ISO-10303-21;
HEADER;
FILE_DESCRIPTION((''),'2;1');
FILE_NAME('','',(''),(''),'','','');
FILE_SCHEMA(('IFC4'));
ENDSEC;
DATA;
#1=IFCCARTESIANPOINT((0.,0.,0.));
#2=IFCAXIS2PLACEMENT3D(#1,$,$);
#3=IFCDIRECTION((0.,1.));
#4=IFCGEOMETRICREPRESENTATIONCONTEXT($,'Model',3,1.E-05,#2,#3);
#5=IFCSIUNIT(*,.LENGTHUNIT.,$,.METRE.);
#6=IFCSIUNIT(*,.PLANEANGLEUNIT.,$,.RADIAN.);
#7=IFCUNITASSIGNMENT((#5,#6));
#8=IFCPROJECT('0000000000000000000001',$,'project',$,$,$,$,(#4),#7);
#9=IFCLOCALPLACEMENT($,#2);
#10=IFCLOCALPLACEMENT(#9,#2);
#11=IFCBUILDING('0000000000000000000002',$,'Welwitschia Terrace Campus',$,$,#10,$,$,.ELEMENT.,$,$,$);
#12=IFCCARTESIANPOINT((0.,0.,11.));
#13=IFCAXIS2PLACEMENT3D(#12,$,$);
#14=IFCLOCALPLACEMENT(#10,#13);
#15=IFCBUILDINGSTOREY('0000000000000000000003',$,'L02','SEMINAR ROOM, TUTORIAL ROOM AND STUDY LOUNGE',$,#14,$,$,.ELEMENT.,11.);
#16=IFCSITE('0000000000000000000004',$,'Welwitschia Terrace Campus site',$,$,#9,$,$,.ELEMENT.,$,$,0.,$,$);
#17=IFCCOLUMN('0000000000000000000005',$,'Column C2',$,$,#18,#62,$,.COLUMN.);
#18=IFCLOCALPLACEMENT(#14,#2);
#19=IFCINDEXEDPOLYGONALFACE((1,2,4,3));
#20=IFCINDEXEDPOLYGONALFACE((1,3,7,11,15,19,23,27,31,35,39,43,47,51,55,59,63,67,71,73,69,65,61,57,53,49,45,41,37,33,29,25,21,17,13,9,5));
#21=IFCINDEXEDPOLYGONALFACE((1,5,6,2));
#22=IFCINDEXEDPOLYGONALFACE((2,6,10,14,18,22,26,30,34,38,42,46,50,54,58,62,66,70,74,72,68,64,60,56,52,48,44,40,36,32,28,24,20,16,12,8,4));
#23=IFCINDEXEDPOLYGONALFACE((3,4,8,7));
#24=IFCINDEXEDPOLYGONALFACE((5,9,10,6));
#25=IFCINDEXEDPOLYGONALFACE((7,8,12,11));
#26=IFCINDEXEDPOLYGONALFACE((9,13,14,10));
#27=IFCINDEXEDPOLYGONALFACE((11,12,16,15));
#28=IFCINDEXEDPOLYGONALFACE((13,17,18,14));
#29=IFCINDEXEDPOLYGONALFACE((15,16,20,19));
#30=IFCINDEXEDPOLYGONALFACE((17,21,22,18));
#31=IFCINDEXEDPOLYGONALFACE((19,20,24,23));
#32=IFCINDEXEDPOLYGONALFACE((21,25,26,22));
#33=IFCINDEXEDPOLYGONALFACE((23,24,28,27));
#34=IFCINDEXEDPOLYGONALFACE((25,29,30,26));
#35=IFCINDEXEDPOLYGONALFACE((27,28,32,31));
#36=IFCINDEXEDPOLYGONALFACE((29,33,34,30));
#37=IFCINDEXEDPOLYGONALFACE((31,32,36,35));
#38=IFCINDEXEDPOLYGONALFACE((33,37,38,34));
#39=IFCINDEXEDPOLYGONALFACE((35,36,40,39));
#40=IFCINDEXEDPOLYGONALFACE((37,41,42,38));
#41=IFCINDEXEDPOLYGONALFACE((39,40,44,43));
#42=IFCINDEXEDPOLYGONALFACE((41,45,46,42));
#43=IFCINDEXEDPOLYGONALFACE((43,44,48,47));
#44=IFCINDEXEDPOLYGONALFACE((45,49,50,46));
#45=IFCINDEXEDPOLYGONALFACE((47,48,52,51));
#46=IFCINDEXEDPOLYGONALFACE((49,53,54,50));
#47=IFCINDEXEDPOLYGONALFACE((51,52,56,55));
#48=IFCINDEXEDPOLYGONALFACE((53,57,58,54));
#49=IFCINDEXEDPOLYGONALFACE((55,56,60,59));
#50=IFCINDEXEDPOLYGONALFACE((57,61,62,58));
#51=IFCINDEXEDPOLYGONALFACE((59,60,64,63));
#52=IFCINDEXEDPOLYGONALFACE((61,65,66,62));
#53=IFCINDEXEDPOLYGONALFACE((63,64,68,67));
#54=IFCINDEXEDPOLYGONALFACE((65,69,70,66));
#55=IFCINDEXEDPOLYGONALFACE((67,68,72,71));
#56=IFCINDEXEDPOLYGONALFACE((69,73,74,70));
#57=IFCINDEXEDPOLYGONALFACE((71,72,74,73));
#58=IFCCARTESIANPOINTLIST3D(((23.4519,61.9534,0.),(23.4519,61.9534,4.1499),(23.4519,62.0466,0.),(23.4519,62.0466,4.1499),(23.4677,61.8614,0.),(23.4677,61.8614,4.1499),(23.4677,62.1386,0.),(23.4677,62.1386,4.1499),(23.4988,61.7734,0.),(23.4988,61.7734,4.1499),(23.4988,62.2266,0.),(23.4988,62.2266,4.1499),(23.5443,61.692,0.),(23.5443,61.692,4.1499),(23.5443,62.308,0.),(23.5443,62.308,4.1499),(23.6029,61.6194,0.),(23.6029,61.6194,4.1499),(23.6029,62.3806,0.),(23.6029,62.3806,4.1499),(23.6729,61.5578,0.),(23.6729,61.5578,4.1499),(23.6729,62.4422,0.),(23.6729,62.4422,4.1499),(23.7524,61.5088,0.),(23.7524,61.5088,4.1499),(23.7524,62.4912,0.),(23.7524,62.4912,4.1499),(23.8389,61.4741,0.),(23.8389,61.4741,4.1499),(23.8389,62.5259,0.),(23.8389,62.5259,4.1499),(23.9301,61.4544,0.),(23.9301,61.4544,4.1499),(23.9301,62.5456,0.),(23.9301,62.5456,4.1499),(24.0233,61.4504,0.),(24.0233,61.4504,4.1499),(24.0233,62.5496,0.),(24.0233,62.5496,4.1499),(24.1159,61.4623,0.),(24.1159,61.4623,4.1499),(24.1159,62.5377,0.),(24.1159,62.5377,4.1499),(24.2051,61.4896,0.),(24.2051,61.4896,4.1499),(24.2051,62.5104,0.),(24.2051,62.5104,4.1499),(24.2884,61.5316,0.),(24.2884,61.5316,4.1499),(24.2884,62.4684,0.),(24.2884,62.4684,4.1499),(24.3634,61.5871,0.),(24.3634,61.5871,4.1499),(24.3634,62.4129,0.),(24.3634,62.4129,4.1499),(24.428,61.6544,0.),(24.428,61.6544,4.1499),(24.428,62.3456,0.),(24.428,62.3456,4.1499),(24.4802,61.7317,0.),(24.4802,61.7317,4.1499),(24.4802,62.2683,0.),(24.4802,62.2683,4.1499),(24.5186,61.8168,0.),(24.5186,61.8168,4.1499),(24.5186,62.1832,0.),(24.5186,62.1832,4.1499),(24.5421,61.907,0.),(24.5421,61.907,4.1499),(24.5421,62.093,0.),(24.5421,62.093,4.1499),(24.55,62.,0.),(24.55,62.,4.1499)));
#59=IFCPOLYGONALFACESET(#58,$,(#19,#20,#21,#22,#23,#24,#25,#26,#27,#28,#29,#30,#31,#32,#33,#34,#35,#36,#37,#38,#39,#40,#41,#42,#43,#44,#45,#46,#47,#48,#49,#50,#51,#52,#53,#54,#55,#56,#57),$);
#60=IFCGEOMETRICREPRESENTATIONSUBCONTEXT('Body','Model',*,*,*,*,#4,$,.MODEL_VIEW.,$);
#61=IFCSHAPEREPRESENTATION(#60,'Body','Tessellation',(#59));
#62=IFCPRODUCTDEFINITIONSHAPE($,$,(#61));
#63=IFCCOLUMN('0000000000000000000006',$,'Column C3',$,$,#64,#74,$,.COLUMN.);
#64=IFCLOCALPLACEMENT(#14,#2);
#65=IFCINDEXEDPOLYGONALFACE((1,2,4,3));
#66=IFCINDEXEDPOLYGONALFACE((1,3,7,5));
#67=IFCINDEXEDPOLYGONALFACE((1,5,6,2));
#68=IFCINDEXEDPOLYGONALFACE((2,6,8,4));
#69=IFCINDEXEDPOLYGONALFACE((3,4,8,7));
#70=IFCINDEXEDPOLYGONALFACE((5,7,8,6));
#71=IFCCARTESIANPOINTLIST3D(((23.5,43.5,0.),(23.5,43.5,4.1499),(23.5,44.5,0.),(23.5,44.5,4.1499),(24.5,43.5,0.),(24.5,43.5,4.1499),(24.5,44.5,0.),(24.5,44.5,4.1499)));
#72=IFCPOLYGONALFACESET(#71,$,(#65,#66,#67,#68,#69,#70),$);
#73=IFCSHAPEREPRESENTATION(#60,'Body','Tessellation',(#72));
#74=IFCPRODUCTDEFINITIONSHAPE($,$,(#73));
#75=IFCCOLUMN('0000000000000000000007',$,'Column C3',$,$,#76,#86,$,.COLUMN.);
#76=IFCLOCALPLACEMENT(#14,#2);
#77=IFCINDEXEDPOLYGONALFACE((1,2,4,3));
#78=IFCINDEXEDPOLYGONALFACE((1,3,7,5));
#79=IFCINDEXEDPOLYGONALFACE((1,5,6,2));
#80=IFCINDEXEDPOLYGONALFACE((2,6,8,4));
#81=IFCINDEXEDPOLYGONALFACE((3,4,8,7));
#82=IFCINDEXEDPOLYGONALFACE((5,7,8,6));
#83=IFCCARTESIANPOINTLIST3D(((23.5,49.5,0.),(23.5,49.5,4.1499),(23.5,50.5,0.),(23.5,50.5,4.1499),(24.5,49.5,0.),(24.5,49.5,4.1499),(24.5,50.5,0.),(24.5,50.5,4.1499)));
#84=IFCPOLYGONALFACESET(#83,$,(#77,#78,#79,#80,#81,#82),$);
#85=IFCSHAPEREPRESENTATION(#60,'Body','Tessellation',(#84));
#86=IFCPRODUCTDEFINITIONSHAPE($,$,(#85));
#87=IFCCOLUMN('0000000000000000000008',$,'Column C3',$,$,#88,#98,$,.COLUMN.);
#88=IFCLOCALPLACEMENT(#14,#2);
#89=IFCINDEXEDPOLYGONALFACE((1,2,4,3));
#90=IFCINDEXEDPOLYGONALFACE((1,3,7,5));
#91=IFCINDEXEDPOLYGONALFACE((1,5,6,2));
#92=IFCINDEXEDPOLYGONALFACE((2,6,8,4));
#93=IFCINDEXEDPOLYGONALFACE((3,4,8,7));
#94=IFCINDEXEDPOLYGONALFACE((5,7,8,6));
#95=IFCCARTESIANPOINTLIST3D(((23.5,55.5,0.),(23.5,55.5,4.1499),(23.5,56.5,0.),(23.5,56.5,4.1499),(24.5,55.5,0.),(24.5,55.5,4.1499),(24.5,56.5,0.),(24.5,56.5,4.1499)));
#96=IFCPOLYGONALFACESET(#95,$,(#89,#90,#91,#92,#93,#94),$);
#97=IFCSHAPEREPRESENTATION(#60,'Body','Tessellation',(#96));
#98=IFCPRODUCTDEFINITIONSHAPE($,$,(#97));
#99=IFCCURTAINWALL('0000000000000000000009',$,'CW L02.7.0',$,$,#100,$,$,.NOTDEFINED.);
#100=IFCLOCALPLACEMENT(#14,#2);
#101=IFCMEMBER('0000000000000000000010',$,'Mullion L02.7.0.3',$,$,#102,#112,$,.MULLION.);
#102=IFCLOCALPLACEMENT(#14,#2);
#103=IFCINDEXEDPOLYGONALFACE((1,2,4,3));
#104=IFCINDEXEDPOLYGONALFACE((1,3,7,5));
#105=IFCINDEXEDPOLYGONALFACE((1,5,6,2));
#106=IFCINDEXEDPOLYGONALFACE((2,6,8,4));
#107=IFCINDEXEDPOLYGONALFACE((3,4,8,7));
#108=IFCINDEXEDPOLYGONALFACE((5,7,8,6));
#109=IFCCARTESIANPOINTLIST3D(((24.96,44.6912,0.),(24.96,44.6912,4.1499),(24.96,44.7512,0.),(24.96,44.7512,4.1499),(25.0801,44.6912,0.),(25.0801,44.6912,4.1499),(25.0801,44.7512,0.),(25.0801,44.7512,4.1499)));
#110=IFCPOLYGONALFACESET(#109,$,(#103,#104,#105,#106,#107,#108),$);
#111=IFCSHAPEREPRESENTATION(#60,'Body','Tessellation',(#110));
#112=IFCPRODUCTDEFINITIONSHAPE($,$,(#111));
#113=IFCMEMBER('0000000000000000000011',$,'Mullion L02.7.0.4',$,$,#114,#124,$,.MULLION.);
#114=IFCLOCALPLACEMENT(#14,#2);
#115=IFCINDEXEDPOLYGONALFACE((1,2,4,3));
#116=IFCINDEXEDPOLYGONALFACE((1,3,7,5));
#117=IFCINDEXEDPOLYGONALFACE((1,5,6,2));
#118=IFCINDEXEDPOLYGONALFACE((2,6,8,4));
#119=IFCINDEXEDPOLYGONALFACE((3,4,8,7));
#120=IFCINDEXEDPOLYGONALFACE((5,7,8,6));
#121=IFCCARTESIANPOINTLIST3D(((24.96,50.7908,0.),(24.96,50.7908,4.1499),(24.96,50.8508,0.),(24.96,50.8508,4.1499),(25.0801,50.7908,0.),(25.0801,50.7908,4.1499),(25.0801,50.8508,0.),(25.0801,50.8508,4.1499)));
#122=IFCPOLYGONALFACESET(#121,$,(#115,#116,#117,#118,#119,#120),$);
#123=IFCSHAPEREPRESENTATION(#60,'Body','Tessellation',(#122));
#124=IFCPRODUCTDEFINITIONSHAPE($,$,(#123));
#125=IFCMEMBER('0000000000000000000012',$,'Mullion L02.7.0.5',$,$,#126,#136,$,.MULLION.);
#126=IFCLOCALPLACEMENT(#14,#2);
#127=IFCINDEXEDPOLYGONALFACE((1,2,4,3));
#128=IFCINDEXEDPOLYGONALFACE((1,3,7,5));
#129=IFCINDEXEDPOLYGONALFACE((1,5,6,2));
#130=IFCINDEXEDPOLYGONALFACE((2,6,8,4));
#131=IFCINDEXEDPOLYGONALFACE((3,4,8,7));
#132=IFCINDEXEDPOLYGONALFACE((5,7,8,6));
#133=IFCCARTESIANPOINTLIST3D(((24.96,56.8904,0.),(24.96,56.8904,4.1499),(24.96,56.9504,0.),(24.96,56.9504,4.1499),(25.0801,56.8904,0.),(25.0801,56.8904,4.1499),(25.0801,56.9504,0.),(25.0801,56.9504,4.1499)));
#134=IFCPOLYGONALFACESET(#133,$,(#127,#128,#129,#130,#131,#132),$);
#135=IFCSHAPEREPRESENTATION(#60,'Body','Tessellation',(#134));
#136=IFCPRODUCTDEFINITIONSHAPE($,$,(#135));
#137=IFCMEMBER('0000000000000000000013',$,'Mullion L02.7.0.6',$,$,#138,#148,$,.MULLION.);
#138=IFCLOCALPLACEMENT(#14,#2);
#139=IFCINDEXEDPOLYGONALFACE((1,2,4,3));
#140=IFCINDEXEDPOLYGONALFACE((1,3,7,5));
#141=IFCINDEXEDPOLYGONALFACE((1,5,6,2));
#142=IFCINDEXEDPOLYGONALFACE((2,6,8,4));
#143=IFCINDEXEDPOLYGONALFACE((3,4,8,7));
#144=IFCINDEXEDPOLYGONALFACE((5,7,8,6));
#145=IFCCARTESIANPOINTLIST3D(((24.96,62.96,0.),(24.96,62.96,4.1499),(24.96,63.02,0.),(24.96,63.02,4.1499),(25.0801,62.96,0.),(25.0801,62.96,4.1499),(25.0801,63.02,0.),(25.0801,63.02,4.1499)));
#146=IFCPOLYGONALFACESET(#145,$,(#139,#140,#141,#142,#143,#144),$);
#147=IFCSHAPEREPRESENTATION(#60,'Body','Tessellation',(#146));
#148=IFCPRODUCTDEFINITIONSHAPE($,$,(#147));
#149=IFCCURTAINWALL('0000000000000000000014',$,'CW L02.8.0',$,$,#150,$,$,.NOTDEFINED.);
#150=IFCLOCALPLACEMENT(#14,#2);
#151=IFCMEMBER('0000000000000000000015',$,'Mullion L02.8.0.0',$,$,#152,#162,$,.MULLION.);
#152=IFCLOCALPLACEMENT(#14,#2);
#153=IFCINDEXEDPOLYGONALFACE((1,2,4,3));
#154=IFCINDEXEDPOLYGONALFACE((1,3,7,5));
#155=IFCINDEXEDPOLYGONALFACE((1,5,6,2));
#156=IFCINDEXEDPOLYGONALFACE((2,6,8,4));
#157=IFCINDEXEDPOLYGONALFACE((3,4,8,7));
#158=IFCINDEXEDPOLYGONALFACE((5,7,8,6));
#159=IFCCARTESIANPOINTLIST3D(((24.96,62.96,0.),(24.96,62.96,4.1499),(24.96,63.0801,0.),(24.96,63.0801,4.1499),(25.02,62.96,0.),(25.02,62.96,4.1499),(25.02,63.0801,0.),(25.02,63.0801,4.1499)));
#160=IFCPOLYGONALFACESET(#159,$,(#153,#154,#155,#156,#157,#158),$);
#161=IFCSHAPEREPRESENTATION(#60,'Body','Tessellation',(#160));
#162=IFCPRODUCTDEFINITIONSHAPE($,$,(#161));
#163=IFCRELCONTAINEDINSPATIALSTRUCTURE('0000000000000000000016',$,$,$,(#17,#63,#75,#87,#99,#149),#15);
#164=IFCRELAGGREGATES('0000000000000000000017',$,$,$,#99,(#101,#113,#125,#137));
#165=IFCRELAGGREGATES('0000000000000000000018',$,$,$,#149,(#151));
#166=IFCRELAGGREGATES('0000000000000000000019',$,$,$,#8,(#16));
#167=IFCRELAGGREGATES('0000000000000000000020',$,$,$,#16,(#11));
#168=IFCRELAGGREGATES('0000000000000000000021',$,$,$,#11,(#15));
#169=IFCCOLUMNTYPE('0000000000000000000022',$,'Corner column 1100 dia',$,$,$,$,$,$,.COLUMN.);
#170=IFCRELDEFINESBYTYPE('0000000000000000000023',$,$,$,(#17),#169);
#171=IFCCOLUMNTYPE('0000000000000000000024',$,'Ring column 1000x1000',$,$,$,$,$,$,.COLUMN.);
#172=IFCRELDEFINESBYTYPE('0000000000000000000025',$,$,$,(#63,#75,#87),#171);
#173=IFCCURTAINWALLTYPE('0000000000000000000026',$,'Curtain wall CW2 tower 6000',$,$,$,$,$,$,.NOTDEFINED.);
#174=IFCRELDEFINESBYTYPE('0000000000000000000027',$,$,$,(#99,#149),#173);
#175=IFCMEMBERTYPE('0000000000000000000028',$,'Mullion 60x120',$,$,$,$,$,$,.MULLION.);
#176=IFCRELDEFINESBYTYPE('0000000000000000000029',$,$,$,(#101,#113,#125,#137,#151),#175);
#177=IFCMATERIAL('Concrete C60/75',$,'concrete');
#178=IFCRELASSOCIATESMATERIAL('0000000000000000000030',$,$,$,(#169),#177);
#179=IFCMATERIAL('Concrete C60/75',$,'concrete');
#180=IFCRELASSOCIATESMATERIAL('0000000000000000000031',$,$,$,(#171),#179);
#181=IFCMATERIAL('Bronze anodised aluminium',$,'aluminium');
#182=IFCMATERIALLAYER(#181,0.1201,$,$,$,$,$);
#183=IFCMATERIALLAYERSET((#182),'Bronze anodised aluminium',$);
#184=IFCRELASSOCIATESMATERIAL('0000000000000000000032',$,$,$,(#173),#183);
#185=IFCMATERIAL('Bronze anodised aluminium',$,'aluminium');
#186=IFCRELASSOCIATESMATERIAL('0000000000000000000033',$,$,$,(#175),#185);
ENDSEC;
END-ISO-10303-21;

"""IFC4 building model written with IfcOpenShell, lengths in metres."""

from ifc_helpers import new_model, si_unit, direction, frame, origin, origin_2d, place, context, subcontext, project, spatial, rectangle, circle, extrude, material, layer, layer_set, material_profile, profile_set, type_object, element, aggregate, save


model = new_model("IFC4")

# Units and contexts
model_context = context("Model", 3, precision=1e-05, world=origin(), true_north=direction((0.0, 1.0)))
body_context = subcontext(model_context, "Body", "Model", "MODEL_VIEW")
ifc_project = project(units=[si_unit("LENGTHUNIT", "METRE"), si_unit("PLANEANGLEUNIT", "RADIAN")], contexts=[model_context])

# Site, building, storey
site_placement = place(None, origin())
site = spatial("IfcSite", under=ifc_project, at=site_placement, Name="Welwitschia Terrace Campus site", CompositionType="ELEMENT", RefElevation=0.0)
building_placement = place(site_placement, origin())
building = spatial("IfcBuilding", under=site, at=building_placement, Name="Welwitschia Terrace Campus", CompositionType="ELEMENT")
storey_placement = place(building_placement, frame((0.0, 0.0, 11.0)))
storey = spatial("IfcBuildingStorey", under=building, at=storey_placement, Name="L02", Description="SEMINAR ROOM, TUTORIAL ROOM AND STUDY LOUNGE", CompositionType="ELEMENT", Elevation=11.0)

# Columns
ifc_material_1 = material(Name="Concrete C60/75", Category="concrete")
ifc_material_profile_1 = material_profile(ifc_material_1, circle(Radius=0.55, at=origin_2d()))
ifc_profile_set_1 = profile_set([ifc_material_profile_1], Name="Concrete C60/75")
column_type_1 = type_object("IfcColumnType", Name="Corner column 1100 dia", PredefinedType="COLUMN", material=ifc_profile_set_1)
column_placement = place(storey_placement, frame((24.0, 62.0, 0.0), z_axis=(0.0, 0.0, 1.0), x_axis=(1.0, 0.0, 0.0)))
element("IfcColumn", 1, at=column_placement, inside=storey, type_object=column_type_1, Name="Column C2", PredefinedType="COLUMN", context=body_context, shape_type="SweptSolid", body=[
    extrude(circle(Radius=0.55, at=origin_2d()), origin(), (0.0, 0.0, 1.0), 4.1499),
])
ifc_material_2 = material(Name="Concrete C60/75", Category="concrete")
ifc_material_profile_2 = material_profile(ifc_material_2, rectangle(XDim=1.0, YDim=1.0, at=origin_2d()))
ifc_profile_set_2 = profile_set([ifc_material_profile_2], Name="Concrete C60/75")
column_type_2 = type_object("IfcColumnType", Name="Ring column 1000x1000", PredefinedType="COLUMN", material=ifc_profile_set_2)
for number, where, z_axis, x_axis, name in (
    (2, (24.0, 44.0, 0.0), (0.0, 0.0, 1.0), (1.0, 0.0, 0.0), "Column C3"),
    (3, (24.0, 50.0, 0.0), (0.0, 0.0, 1.0), (1.0, 0.0, 0.0), "Column C3"),
    (4, (24.0, 56.0, 0.0), (0.0, 0.0, 1.0), (1.0, 0.0, 0.0), "Column C3"),
):
    element("IfcColumn", number, at=place(storey_placement, frame(where, z_axis=z_axis, x_axis=x_axis)), inside=storey, type_object=column_type_2, Name=name, PredefinedType="COLUMN", context=body_context, shape_type="SweptSolid", body=[
        extrude(rectangle(XDim=1.0, YDim=1.0, at=origin_2d()), origin(), (0.0, 0.0, 1.0), 4.1499),
    ])

# Curtain wall, members
ifc_material_3 = material(Name="Bronze anodised aluminium", Category="aluminium")
ifc_layer_1 = layer(ifc_material_3, 0.1201)
ifc_layer_set_1 = layer_set([ifc_layer_1], Name="Bronze anodised aluminium")
curtain_wall_type = type_object("IfcCurtainWallType", Name="Curtain wall CW2 tower 6000", PredefinedType="NOTDEFINED", material=ifc_layer_set_1)
curtain_wall_1_placement = place(storey_placement, origin())
curtain_wall_1 = element("IfcCurtainWall", 5, at=curtain_wall_1_placement, inside=storey, type_object=curtain_wall_type, Name="CW L02.7.0", PredefinedType="NOTDEFINED")
ifc_material_4 = material(Name="Bronze anodised aluminium", Category="aluminium")
ifc_material_profile_3 = material_profile(ifc_material_4, rectangle(XDim=0.1201, YDim=0.0601, at=origin_2d()))
ifc_profile_set_3 = profile_set([ifc_material_profile_3], Name="Bronze anodised aluminium")
member_type_1 = type_object("IfcMemberType", Name="Mullion 60x120", PredefinedType="MULLION", material=ifc_profile_set_3)
member_1_placement = place(storey_placement, frame((25.02, 44.7212, 0.0), z_axis=(0.0, 0.0, 1.0), x_axis=(-1.0, 0.0, 0.0)))
member_1 = element("IfcMember", 6, at=member_1_placement, type_object=member_type_1, Name="Mullion L02.7.0.3", PredefinedType="MULLION", context=body_context, shape_type="SweptSolid", body=[
    extrude(rectangle(XDim=0.1201, YDim=0.0601, at=origin_2d()), origin(), (0.0, 0.0, 1.0), 4.1499),
])
member_2_placement = place(storey_placement, frame((25.02, 50.8208, 0.0), z_axis=(0.0, 0.0, 1.0), x_axis=(-1.0, 0.0, 0.0)))
member_2 = element("IfcMember", 7, at=member_2_placement, type_object=member_type_1, Name="Mullion L02.7.0.4", PredefinedType="MULLION", context=body_context, shape_type="SweptSolid", body=[
    extrude(rectangle(XDim=0.1201, YDim=0.0601, at=origin_2d()), origin(), (0.0, 0.0, 1.0), 4.1499),
])
member_3_placement = place(storey_placement, frame((25.02, 56.9204, 0.0), z_axis=(0.0, 0.0, 1.0), x_axis=(-1.0, 0.0, 0.0)))
member_3 = element("IfcMember", 8, at=member_3_placement, type_object=member_type_1, Name="Mullion L02.7.0.5", PredefinedType="MULLION", context=body_context, shape_type="SweptSolid", body=[
    extrude(rectangle(XDim=0.1201, YDim=0.0601, at=origin_2d()), origin(), (0.0, 0.0, 1.0), 4.1499),
])
member_4_placement = place(storey_placement, frame((25.02, 62.99, 0.0), z_axis=(0.0, 0.0, 1.0), x_axis=(-1.0, 0.0, 0.0)))
member_4 = element("IfcMember", 9, at=member_4_placement, type_object=member_type_1, Name="Mullion L02.7.0.6", PredefinedType="MULLION", context=body_context, shape_type="SweptSolid", body=[
    extrude(rectangle(XDim=0.1201, YDim=0.0601, at=origin_2d()), origin(), (0.0, 0.0, 1.0), 4.1499),
])

# Curtain wall, member
curtain_wall_2_placement = place(storey_placement, origin())
curtain_wall_2 = element("IfcCurtainWall", 10, at=curtain_wall_2_placement, inside=storey, type_object=curtain_wall_type, Name="CW L02.8.0", PredefinedType="NOTDEFINED")
member_5_placement = place(storey_placement, frame((24.99, 63.02, 0.0), z_axis=(0.0, 0.0, 1.0), x_axis=(0.0, -1.0, 0.0)))
member_5 = element("IfcMember", 11, at=member_5_placement, type_object=member_type_1, Name="Mullion L02.8.0.0", PredefinedType="MULLION", context=body_context, shape_type="SweptSolid", body=[
    extrude(rectangle(XDim=0.1201, YDim=0.0601, at=origin_2d()), origin(), (0.0, 0.0, 1.0), 4.1499),
])

aggregate(curtain_wall_1, [member_1, member_2, member_3, member_4])
aggregate(curtain_wall_2, [member_5])

save(model, "model.ifc")
